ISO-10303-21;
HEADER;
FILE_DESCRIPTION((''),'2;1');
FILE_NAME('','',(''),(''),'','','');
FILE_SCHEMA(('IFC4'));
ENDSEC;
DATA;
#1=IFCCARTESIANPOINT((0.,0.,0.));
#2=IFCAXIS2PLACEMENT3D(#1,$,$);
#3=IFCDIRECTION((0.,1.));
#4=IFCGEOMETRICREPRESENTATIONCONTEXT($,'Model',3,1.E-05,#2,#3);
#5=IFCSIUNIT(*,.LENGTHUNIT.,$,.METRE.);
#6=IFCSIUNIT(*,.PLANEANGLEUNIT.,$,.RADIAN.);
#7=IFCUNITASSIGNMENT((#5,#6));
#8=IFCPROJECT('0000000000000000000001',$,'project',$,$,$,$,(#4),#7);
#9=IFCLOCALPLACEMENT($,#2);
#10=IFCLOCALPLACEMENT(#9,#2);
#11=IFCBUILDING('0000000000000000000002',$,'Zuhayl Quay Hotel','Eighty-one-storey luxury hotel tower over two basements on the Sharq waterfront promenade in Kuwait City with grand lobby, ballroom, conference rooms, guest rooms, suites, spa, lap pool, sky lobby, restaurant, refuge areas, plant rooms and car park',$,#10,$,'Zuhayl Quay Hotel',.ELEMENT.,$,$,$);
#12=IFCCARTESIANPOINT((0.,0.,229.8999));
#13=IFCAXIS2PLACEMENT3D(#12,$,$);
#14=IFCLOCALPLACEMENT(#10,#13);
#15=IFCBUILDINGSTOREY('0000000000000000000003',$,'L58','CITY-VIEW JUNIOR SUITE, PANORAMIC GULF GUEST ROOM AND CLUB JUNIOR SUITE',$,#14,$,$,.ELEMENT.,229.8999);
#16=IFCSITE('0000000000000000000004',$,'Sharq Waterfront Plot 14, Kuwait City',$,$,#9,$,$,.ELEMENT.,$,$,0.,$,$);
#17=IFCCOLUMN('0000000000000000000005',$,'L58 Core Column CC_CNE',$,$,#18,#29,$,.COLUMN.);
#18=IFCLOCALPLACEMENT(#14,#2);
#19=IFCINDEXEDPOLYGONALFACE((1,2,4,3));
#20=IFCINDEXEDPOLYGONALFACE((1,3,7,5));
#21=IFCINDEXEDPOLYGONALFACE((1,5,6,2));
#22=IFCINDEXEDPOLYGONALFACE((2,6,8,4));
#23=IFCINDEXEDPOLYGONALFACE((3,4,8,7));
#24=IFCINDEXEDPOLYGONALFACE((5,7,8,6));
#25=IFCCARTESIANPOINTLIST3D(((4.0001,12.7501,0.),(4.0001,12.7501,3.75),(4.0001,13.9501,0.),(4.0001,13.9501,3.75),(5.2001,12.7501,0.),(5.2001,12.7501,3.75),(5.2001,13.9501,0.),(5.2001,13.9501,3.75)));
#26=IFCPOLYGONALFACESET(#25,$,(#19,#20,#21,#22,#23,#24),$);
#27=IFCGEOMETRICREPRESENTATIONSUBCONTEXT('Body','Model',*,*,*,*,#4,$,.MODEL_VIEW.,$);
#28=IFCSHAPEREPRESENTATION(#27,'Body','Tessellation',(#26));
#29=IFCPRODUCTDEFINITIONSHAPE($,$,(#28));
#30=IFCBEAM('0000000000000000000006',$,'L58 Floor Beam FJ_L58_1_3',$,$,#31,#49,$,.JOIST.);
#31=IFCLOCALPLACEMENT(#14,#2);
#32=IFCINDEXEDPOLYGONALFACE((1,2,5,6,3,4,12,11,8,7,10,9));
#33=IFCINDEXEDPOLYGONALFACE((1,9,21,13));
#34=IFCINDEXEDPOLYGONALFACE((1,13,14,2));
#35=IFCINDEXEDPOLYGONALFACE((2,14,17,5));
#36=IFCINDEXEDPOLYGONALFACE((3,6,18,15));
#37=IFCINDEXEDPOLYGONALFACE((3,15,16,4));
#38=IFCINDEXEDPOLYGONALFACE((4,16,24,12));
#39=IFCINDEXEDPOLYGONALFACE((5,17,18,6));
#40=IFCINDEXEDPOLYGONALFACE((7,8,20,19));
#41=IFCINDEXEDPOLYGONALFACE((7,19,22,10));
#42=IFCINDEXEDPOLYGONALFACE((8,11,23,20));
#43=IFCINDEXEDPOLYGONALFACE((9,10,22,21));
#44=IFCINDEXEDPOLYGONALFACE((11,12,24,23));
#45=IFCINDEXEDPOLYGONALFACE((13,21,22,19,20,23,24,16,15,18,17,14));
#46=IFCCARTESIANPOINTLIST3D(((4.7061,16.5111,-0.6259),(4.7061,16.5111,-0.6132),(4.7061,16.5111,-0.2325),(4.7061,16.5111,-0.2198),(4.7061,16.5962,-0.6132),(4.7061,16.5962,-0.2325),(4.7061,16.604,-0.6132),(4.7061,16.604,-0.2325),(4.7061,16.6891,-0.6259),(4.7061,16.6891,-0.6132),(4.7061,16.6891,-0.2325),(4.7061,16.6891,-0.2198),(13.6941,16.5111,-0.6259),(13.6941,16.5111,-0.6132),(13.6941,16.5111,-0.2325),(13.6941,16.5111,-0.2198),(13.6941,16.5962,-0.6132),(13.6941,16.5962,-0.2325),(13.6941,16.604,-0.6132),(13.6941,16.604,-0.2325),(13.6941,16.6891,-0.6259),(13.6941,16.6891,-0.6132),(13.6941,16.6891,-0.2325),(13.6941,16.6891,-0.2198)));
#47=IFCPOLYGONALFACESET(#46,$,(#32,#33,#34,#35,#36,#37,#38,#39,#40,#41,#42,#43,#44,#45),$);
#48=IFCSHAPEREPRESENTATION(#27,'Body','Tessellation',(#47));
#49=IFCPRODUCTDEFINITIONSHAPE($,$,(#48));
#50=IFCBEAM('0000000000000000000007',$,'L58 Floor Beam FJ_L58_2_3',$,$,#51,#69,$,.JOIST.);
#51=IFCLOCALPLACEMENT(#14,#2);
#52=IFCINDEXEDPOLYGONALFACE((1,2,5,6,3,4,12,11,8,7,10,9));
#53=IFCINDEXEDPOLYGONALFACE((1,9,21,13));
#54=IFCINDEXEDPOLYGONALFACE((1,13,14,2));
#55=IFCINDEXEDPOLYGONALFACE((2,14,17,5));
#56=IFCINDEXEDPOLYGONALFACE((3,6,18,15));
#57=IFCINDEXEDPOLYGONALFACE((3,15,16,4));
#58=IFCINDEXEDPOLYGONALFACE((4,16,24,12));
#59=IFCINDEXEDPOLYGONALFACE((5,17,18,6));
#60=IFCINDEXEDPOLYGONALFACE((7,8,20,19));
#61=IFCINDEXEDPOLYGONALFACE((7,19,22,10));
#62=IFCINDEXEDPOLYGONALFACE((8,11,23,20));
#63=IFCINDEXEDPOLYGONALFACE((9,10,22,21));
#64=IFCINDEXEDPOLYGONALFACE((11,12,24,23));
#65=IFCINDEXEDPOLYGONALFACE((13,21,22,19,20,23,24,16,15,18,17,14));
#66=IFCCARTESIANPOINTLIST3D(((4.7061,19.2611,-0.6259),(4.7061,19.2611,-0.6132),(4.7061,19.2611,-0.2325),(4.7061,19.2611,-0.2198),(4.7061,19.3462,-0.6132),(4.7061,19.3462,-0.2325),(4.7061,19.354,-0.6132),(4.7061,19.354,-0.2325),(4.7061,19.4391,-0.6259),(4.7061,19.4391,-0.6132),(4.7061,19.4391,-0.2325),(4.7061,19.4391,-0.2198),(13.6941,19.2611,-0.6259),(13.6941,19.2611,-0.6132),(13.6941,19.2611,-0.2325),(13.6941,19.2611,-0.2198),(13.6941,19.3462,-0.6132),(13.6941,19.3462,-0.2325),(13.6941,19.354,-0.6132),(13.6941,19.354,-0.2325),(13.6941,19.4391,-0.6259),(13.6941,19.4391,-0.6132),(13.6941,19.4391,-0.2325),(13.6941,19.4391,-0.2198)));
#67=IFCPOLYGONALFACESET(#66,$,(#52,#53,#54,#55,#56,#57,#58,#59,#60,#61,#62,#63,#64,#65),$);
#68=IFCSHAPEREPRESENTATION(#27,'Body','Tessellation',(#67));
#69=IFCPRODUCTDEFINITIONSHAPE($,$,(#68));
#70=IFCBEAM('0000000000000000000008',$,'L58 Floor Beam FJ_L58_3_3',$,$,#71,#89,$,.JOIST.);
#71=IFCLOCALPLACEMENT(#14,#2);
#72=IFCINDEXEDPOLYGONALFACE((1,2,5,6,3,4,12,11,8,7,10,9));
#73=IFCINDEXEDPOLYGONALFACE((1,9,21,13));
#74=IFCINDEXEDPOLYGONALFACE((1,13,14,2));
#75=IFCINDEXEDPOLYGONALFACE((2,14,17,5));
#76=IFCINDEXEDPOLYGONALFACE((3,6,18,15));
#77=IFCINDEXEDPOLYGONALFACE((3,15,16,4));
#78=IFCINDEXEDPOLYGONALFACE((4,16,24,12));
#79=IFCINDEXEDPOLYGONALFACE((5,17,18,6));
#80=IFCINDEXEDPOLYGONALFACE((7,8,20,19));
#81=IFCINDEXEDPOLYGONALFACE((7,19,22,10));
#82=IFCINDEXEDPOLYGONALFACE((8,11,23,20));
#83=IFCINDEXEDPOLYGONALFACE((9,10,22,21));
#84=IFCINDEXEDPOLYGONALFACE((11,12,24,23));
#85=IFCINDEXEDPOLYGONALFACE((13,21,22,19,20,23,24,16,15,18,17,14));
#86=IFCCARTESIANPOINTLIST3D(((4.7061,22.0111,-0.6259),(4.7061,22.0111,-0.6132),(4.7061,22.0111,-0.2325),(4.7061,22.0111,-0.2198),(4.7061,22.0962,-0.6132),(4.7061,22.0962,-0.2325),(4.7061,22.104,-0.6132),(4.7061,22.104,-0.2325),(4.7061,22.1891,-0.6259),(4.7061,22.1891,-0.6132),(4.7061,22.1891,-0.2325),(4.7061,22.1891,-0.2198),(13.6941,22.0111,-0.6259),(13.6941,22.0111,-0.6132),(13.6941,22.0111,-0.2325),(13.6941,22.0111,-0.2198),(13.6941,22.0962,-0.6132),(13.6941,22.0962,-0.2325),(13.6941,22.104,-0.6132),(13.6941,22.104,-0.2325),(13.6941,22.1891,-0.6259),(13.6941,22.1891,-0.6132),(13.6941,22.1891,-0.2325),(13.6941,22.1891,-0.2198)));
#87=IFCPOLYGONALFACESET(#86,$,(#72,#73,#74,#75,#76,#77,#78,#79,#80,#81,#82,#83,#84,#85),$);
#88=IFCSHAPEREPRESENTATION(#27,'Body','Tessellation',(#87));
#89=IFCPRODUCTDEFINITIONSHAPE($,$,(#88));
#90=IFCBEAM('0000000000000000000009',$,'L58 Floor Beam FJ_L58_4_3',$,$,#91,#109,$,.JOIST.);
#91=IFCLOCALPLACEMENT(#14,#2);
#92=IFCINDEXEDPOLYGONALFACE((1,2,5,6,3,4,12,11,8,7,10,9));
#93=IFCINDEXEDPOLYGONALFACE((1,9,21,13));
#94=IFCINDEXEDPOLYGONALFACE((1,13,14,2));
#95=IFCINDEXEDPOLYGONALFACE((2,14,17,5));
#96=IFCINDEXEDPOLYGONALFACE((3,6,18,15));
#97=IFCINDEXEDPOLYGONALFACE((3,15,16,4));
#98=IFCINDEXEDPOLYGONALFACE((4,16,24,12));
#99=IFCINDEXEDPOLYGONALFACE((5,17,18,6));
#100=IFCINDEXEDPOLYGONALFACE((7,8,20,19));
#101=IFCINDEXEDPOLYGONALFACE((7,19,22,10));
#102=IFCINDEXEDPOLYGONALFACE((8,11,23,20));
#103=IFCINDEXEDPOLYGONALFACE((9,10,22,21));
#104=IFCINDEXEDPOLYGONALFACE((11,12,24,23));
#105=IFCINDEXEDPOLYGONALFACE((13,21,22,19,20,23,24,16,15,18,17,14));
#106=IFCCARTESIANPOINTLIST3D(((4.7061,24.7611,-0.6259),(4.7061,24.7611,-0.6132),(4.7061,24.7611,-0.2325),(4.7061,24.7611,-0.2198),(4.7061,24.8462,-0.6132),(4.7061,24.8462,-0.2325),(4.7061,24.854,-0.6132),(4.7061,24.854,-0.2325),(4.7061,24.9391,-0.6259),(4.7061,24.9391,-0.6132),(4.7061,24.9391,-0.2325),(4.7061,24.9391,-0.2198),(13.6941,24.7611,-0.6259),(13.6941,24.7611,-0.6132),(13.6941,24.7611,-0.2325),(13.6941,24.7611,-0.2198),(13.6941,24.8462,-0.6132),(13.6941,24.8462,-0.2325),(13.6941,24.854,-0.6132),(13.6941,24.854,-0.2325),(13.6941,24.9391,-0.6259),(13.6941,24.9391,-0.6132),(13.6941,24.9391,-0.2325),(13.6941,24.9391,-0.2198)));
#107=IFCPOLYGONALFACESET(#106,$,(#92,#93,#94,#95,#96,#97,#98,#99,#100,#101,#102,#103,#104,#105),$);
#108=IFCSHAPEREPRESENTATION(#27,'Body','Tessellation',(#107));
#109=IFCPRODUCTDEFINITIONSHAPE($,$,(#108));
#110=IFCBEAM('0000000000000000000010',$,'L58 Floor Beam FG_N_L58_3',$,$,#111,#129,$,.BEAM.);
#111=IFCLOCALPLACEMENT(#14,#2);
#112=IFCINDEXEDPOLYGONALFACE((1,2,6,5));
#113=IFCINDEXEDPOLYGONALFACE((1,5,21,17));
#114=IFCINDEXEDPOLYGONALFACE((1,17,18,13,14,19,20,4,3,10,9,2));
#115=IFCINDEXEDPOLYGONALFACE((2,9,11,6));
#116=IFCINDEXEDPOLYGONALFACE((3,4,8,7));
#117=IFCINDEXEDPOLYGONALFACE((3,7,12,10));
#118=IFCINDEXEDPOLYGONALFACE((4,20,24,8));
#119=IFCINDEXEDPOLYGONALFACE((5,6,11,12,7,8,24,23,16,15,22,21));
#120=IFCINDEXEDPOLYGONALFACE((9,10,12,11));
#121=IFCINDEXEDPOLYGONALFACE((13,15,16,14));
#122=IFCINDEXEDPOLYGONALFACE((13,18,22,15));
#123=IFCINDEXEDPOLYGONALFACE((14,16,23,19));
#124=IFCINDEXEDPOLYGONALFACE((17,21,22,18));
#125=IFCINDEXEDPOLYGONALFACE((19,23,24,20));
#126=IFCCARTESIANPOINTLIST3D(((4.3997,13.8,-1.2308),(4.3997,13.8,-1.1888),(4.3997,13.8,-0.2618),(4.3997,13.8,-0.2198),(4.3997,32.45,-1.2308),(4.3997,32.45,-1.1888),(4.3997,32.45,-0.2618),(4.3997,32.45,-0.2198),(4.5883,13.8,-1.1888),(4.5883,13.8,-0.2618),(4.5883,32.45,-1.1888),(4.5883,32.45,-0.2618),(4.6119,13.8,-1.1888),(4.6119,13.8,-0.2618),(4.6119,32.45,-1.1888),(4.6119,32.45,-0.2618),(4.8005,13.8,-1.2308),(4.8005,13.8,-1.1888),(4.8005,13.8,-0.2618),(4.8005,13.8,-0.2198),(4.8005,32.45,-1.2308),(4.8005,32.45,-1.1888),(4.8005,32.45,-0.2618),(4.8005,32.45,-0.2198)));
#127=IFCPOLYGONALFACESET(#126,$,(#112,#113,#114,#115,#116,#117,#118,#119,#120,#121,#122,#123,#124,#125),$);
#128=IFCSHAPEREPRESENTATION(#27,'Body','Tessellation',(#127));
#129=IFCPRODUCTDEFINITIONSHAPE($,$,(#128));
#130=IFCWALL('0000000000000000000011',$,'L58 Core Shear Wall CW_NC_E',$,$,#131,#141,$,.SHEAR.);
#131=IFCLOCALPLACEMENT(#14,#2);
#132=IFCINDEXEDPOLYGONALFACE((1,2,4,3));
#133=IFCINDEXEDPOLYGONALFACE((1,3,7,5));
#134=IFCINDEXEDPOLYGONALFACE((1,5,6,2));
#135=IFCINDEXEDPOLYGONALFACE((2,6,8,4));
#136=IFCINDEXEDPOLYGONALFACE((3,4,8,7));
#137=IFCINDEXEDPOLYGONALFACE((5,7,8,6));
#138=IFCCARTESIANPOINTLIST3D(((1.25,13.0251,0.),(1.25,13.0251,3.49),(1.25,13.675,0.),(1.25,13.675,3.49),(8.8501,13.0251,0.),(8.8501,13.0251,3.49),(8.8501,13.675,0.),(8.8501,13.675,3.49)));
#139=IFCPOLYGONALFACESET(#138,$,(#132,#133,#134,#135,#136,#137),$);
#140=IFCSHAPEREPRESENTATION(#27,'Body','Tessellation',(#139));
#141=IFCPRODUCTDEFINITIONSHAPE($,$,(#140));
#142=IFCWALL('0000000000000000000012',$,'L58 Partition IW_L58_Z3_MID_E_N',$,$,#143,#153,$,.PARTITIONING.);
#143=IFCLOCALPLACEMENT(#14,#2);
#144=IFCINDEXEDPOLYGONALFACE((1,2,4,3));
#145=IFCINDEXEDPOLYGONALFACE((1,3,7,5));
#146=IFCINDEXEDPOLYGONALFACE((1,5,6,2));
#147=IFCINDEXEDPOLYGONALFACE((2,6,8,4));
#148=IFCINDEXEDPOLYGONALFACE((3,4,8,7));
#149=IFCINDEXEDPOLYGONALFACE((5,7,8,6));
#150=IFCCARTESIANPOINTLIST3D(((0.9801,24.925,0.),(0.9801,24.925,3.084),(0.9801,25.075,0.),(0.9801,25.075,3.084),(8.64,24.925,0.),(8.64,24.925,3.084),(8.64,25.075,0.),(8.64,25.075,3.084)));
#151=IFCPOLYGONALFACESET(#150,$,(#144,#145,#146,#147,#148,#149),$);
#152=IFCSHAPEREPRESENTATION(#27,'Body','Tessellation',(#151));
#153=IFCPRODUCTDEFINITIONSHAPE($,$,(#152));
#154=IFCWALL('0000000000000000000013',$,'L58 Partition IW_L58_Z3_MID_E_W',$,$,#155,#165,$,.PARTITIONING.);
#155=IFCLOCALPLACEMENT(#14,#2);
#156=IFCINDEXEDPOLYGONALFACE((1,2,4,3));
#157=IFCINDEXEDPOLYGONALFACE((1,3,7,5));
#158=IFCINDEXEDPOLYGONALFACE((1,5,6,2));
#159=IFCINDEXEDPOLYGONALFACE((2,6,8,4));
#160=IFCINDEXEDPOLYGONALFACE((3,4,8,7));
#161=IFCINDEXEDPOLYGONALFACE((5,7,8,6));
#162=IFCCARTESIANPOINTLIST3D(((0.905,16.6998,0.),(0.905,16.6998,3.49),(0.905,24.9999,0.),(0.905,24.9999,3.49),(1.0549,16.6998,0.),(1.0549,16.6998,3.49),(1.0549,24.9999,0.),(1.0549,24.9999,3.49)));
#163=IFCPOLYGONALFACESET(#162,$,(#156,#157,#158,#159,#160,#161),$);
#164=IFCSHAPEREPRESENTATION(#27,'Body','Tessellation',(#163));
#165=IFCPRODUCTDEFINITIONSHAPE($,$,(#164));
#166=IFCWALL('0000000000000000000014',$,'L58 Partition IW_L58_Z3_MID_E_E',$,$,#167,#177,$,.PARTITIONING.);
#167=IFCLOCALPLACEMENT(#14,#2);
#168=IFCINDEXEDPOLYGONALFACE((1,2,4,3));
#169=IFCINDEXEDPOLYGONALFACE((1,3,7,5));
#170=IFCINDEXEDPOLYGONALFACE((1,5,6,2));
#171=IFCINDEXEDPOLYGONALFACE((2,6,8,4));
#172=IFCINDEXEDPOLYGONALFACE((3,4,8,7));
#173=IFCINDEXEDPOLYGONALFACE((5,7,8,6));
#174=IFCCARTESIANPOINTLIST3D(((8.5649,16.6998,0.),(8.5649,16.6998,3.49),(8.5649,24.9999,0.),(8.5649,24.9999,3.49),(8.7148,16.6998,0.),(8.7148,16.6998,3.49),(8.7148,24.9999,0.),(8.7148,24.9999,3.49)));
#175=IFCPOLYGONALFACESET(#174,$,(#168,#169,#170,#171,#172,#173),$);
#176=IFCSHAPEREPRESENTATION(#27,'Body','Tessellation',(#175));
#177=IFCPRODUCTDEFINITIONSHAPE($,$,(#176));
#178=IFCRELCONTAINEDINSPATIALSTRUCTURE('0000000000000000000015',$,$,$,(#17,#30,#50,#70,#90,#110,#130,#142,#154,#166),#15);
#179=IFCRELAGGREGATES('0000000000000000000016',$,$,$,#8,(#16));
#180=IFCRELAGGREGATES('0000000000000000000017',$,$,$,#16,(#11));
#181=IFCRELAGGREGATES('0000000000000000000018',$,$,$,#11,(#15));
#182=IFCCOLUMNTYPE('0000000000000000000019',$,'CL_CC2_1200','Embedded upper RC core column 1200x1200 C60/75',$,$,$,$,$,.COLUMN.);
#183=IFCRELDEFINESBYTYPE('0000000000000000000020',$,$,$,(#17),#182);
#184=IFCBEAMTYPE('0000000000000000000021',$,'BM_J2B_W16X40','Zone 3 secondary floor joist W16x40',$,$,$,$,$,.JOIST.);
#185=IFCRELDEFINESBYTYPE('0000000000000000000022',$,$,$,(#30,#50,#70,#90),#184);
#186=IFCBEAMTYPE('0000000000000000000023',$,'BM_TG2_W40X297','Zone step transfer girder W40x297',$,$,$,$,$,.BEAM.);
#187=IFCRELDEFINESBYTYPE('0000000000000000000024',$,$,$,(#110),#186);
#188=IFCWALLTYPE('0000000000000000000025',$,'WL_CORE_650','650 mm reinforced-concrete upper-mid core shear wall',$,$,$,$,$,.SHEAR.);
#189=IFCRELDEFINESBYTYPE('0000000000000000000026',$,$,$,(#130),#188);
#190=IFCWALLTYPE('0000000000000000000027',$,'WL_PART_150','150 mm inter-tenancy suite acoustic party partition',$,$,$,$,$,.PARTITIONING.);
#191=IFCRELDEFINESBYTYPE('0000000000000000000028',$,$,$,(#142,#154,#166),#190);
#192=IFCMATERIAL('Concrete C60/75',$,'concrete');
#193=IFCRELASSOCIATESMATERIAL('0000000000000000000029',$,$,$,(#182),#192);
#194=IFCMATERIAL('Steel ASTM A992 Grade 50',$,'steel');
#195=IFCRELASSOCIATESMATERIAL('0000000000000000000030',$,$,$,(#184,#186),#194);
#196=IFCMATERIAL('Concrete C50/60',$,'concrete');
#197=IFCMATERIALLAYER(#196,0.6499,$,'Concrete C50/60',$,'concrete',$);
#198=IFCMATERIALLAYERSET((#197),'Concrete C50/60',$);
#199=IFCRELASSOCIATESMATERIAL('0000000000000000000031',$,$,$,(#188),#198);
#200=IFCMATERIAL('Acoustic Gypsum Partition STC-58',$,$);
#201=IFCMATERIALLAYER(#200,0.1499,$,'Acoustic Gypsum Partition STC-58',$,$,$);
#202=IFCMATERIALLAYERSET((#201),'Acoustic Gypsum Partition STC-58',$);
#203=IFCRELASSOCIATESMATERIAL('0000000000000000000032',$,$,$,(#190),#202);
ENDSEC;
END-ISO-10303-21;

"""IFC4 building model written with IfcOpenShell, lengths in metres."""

from ifc_helpers import new_model, si_unit, direction, frame, frame_2d, origin, origin_2d, place, context, subcontext, project, spatial, rectangle, i_section, extrude, material, layer, layer_set, material_profile, profile_set, type_object, element, save


model = new_model("IFC4")

# Units and contexts
model_context = context("Model", 3, precision=1e-05, world=origin(), true_north=direction((0.0, 1.0)))
body_context = subcontext(model_context, "Body", "Model", "MODEL_VIEW")
ifc_project = project(units=[si_unit("LENGTHUNIT", "METRE"), si_unit("PLANEANGLEUNIT", "RADIAN")], contexts=[model_context])

# Site, building, storey
site_placement = place(None, origin())
site = spatial("IfcSite", under=ifc_project, at=site_placement, Name="Sharq Waterfront Plot 14, Kuwait City", CompositionType="ELEMENT", RefElevation=0.0)
building_placement = place(site_placement, origin())
building = spatial("IfcBuilding", under=site, at=building_placement, Name="Zuhayl Quay Hotel", Description="Eighty-one-storey luxury hotel tower over two basements on the Sharq waterfront promenade in Kuwait City with grand lobby, ballroom, conference rooms, guest rooms, suites, spa, lap pool, sky lobby, restaurant, refuge areas, plant rooms and car park", LongName="Zuhayl Quay Hotel", CompositionType="ELEMENT")
storey_placement = place(building_placement, frame((0.0, 0.0, 229.8999)))
storey = spatial("IfcBuildingStorey", under=building, at=storey_placement, Name="L58", Description="CITY-VIEW JUNIOR SUITE, PANORAMIC GULF GUEST ROOM AND CLUB JUNIOR SUITE", CompositionType="ELEMENT", Elevation=229.8999)

# Column
ifc_material_1 = material(Name="Concrete C60/75", Category="concrete")
ifc_material_profile_1 = material_profile(ifc_material_1, rectangle(XDim=1.2, YDim=1.2, at=origin_2d()), Name="RC1200X1200")
ifc_profile_set_1 = profile_set([ifc_material_profile_1], Name="Concrete C60/75")
column_type = type_object("IfcColumnType", Name="CL_CC2_1200", Description="Embedded upper RC core column 1200x1200 C60/75", PredefinedType="COLUMN", material=ifc_profile_set_1)
column_placement = place(storey_placement, frame((4.6001, 13.3501, 0.0), z_axis=(0.0, 0.0, 1.0), x_axis=(1.0, 0.0, 0.0)))
element("IfcColumn", 1, at=column_placement, inside=storey, type_object=column_type, Name="L58 Core Column CC_CNE", PredefinedType="COLUMN", context=body_context, shape_type="SweptSolid", body=[
    extrude(rectangle(XDim=1.2, YDim=1.2, at=origin_2d()), origin(), (0.0, 0.0, 1.0), 3.75),
])

# Beams
ifc_material_2 = material(Name="Steel ASTM A992 Grade 50", Category="steel")
ifc_material_profile_2 = material_profile(ifc_material_2, i_section(OverallWidth=0.178, OverallDepth=0.406, WebThickness=0.0078, FlangeThickness=0.0127, at=origin_2d()), Name="W16X40")
ifc_profile_set_2 = profile_set([ifc_material_profile_2], Name="Steel ASTM A992 Grade 50")
beam_type_1 = type_object("IfcBeamType", Name="BM_J2B_W16X40", Description="Zone 3 secondary floor joist W16x40", PredefinedType="JOIST", material=ifc_profile_set_2)
for number, where, z_axis, x_axis, name in (
    (2, (4.7061, 16.6001, -0.4229), (1.0, 0.0, 0.0), (0.0, 1.0, 0.0), "L58 Floor Beam FJ_L58_1_3"),
    (3, (4.7061, 19.3501, -0.4229), (1.0, 0.0, 0.0), (0.0, 1.0, 0.0), "L58 Floor Beam FJ_L58_2_3"),
    (4, (4.7061, 22.1001, -0.4229), (1.0, 0.0, 0.0), (0.0, 1.0, 0.0), "L58 Floor Beam FJ_L58_3_3"),
    (5, (4.7061, 24.8501, -0.4229), (1.0, 0.0, 0.0), (0.0, 1.0, 0.0), "L58 Floor Beam FJ_L58_4_3"),
):
    element("IfcBeam", number, at=place(storey_placement, frame(where, z_axis=z_axis, x_axis=x_axis)), inside=storey, type_object=beam_type_1, Name=name, PredefinedType="JOIST", context=body_context, shape_type="SweptSolid", body=[
        extrude(i_section(OverallWidth=0.178, OverallDepth=0.406, WebThickness=0.0078, FlangeThickness=0.0127, at=origin_2d()), origin(), (0.0, 0.0, 1.0), 8.988),
    ])
ifc_material_profile_3 = material_profile(ifc_material_2, i_section(OverallWidth=0.4009, OverallDepth=1.011, WebThickness=0.0237, FlangeThickness=0.042, at=origin_2d()), Name="W40X297")
ifc_profile_set_3 = profile_set([ifc_material_profile_3], Name="Steel ASTM A992 Grade 50")
beam_type_2 = type_object("IfcBeamType", Name="BM_TG2_W40X297", Description="Zone step transfer girder W40x297", PredefinedType="BEAM", material=ifc_profile_set_3)
beam_placement = place(storey_placement, frame((4.6001, 13.8, -0.7253), z_axis=(0.0, 1.0, 0.0), x_axis=(-1.0, 0.0, 0.0)))
element("IfcBeam", 6, at=beam_placement, inside=storey, type_object=beam_type_2, Name="L58 Floor Beam FG_N_L58_3", PredefinedType="BEAM", context=body_context, shape_type="SweptSolid", body=[
    extrude(i_section(OverallWidth=0.4009, OverallDepth=1.011, WebThickness=0.0237, FlangeThickness=0.042, at=origin_2d()), origin(), (0.0, 0.0, 1.0), 18.6499),
])

# Walls
ifc_material_3 = material(Name="Concrete C50/60", Category="concrete")
ifc_layer_1 = layer(ifc_material_3, 0.6499, Name="Concrete C50/60", Category="concrete")
ifc_layer_set_1 = layer_set([ifc_layer_1], Name="Concrete C50/60")
wall_type_1 = type_object("IfcWallType", Name="WL_CORE_650", Description="650 mm reinforced-concrete upper-mid core shear wall", PredefinedType="SHEAR", material=ifc_layer_set_1)
wall_1_placement = place(storey_placement, frame((1.25, 13.3501, 0.0), z_axis=(0.0, 0.0, 1.0), x_axis=(1.0, 0.0, 0.0)))
element("IfcWall", 7, at=wall_1_placement, inside=storey, type_object=wall_type_1, Name="L58 Core Shear Wall CW_NC_E", PredefinedType="SHEAR", context=body_context, shape_type="SweptSolid", body=[
    extrude(rectangle(XDim=7.6001, YDim=0.6499, at=frame_2d((3.8, 0.0))), origin(), (0.0, 0.0, 1.0), 3.49),
])
ifc_material_4 = material(Name="Acoustic Gypsum Partition STC-58")
ifc_layer_2 = layer(ifc_material_4, 0.1499, Name="Acoustic Gypsum Partition STC-58")
ifc_layer_set_2 = layer_set([ifc_layer_2], Name="Acoustic Gypsum Partition STC-58")
wall_type_2 = type_object("IfcWallType", Name="WL_PART_150", Description="150 mm inter-tenancy suite acoustic party partition", PredefinedType="PARTITIONING", material=ifc_layer_set_2)
wall_2_placement = place(storey_placement, frame((0.98, 25.0, 0.0), z_axis=(0.0, 0.0, 1.0), x_axis=(1.0, 0.0, 0.0)))
element("IfcWall", 8, at=wall_2_placement, inside=storey, type_object=wall_type_2, Name="L58 Partition IW_L58_Z3_MID_E_N", PredefinedType="PARTITIONING", context=body_context, shape_type="SweptSolid", body=[
    extrude(rectangle(XDim=7.6599, YDim=0.1499, at=frame_2d((3.8301, 0.0))), origin(), (0.0, 0.0, 1.0), 3.084),
])
for number, where, z_axis, x_axis, name in (
    (9, (0.98, 16.7, 0.0), (0.0, 0.0, 1.0), (0.0, 1.0, 0.0), "L58 Partition IW_L58_Z3_MID_E_W"),
    (10, (8.6399, 16.7, 0.0), (0.0, 0.0, 1.0), (0.0, 1.0, 0.0), "L58 Partition IW_L58_Z3_MID_E_E"),
):
    element("IfcWall", number, at=place(storey_placement, frame(where, z_axis=z_axis, x_axis=x_axis)), inside=storey, type_object=wall_type_2, Name=name, PredefinedType="PARTITIONING", context=body_context, shape_type="SweptSolid", body=[
        extrude(rectangle(XDim=8.3, YDim=0.1499, at=frame_2d((4.1499, 0.0))), origin(), (0.0, 0.0, 1.0), 3.49),
    ])

save(model, "model.ifc")
